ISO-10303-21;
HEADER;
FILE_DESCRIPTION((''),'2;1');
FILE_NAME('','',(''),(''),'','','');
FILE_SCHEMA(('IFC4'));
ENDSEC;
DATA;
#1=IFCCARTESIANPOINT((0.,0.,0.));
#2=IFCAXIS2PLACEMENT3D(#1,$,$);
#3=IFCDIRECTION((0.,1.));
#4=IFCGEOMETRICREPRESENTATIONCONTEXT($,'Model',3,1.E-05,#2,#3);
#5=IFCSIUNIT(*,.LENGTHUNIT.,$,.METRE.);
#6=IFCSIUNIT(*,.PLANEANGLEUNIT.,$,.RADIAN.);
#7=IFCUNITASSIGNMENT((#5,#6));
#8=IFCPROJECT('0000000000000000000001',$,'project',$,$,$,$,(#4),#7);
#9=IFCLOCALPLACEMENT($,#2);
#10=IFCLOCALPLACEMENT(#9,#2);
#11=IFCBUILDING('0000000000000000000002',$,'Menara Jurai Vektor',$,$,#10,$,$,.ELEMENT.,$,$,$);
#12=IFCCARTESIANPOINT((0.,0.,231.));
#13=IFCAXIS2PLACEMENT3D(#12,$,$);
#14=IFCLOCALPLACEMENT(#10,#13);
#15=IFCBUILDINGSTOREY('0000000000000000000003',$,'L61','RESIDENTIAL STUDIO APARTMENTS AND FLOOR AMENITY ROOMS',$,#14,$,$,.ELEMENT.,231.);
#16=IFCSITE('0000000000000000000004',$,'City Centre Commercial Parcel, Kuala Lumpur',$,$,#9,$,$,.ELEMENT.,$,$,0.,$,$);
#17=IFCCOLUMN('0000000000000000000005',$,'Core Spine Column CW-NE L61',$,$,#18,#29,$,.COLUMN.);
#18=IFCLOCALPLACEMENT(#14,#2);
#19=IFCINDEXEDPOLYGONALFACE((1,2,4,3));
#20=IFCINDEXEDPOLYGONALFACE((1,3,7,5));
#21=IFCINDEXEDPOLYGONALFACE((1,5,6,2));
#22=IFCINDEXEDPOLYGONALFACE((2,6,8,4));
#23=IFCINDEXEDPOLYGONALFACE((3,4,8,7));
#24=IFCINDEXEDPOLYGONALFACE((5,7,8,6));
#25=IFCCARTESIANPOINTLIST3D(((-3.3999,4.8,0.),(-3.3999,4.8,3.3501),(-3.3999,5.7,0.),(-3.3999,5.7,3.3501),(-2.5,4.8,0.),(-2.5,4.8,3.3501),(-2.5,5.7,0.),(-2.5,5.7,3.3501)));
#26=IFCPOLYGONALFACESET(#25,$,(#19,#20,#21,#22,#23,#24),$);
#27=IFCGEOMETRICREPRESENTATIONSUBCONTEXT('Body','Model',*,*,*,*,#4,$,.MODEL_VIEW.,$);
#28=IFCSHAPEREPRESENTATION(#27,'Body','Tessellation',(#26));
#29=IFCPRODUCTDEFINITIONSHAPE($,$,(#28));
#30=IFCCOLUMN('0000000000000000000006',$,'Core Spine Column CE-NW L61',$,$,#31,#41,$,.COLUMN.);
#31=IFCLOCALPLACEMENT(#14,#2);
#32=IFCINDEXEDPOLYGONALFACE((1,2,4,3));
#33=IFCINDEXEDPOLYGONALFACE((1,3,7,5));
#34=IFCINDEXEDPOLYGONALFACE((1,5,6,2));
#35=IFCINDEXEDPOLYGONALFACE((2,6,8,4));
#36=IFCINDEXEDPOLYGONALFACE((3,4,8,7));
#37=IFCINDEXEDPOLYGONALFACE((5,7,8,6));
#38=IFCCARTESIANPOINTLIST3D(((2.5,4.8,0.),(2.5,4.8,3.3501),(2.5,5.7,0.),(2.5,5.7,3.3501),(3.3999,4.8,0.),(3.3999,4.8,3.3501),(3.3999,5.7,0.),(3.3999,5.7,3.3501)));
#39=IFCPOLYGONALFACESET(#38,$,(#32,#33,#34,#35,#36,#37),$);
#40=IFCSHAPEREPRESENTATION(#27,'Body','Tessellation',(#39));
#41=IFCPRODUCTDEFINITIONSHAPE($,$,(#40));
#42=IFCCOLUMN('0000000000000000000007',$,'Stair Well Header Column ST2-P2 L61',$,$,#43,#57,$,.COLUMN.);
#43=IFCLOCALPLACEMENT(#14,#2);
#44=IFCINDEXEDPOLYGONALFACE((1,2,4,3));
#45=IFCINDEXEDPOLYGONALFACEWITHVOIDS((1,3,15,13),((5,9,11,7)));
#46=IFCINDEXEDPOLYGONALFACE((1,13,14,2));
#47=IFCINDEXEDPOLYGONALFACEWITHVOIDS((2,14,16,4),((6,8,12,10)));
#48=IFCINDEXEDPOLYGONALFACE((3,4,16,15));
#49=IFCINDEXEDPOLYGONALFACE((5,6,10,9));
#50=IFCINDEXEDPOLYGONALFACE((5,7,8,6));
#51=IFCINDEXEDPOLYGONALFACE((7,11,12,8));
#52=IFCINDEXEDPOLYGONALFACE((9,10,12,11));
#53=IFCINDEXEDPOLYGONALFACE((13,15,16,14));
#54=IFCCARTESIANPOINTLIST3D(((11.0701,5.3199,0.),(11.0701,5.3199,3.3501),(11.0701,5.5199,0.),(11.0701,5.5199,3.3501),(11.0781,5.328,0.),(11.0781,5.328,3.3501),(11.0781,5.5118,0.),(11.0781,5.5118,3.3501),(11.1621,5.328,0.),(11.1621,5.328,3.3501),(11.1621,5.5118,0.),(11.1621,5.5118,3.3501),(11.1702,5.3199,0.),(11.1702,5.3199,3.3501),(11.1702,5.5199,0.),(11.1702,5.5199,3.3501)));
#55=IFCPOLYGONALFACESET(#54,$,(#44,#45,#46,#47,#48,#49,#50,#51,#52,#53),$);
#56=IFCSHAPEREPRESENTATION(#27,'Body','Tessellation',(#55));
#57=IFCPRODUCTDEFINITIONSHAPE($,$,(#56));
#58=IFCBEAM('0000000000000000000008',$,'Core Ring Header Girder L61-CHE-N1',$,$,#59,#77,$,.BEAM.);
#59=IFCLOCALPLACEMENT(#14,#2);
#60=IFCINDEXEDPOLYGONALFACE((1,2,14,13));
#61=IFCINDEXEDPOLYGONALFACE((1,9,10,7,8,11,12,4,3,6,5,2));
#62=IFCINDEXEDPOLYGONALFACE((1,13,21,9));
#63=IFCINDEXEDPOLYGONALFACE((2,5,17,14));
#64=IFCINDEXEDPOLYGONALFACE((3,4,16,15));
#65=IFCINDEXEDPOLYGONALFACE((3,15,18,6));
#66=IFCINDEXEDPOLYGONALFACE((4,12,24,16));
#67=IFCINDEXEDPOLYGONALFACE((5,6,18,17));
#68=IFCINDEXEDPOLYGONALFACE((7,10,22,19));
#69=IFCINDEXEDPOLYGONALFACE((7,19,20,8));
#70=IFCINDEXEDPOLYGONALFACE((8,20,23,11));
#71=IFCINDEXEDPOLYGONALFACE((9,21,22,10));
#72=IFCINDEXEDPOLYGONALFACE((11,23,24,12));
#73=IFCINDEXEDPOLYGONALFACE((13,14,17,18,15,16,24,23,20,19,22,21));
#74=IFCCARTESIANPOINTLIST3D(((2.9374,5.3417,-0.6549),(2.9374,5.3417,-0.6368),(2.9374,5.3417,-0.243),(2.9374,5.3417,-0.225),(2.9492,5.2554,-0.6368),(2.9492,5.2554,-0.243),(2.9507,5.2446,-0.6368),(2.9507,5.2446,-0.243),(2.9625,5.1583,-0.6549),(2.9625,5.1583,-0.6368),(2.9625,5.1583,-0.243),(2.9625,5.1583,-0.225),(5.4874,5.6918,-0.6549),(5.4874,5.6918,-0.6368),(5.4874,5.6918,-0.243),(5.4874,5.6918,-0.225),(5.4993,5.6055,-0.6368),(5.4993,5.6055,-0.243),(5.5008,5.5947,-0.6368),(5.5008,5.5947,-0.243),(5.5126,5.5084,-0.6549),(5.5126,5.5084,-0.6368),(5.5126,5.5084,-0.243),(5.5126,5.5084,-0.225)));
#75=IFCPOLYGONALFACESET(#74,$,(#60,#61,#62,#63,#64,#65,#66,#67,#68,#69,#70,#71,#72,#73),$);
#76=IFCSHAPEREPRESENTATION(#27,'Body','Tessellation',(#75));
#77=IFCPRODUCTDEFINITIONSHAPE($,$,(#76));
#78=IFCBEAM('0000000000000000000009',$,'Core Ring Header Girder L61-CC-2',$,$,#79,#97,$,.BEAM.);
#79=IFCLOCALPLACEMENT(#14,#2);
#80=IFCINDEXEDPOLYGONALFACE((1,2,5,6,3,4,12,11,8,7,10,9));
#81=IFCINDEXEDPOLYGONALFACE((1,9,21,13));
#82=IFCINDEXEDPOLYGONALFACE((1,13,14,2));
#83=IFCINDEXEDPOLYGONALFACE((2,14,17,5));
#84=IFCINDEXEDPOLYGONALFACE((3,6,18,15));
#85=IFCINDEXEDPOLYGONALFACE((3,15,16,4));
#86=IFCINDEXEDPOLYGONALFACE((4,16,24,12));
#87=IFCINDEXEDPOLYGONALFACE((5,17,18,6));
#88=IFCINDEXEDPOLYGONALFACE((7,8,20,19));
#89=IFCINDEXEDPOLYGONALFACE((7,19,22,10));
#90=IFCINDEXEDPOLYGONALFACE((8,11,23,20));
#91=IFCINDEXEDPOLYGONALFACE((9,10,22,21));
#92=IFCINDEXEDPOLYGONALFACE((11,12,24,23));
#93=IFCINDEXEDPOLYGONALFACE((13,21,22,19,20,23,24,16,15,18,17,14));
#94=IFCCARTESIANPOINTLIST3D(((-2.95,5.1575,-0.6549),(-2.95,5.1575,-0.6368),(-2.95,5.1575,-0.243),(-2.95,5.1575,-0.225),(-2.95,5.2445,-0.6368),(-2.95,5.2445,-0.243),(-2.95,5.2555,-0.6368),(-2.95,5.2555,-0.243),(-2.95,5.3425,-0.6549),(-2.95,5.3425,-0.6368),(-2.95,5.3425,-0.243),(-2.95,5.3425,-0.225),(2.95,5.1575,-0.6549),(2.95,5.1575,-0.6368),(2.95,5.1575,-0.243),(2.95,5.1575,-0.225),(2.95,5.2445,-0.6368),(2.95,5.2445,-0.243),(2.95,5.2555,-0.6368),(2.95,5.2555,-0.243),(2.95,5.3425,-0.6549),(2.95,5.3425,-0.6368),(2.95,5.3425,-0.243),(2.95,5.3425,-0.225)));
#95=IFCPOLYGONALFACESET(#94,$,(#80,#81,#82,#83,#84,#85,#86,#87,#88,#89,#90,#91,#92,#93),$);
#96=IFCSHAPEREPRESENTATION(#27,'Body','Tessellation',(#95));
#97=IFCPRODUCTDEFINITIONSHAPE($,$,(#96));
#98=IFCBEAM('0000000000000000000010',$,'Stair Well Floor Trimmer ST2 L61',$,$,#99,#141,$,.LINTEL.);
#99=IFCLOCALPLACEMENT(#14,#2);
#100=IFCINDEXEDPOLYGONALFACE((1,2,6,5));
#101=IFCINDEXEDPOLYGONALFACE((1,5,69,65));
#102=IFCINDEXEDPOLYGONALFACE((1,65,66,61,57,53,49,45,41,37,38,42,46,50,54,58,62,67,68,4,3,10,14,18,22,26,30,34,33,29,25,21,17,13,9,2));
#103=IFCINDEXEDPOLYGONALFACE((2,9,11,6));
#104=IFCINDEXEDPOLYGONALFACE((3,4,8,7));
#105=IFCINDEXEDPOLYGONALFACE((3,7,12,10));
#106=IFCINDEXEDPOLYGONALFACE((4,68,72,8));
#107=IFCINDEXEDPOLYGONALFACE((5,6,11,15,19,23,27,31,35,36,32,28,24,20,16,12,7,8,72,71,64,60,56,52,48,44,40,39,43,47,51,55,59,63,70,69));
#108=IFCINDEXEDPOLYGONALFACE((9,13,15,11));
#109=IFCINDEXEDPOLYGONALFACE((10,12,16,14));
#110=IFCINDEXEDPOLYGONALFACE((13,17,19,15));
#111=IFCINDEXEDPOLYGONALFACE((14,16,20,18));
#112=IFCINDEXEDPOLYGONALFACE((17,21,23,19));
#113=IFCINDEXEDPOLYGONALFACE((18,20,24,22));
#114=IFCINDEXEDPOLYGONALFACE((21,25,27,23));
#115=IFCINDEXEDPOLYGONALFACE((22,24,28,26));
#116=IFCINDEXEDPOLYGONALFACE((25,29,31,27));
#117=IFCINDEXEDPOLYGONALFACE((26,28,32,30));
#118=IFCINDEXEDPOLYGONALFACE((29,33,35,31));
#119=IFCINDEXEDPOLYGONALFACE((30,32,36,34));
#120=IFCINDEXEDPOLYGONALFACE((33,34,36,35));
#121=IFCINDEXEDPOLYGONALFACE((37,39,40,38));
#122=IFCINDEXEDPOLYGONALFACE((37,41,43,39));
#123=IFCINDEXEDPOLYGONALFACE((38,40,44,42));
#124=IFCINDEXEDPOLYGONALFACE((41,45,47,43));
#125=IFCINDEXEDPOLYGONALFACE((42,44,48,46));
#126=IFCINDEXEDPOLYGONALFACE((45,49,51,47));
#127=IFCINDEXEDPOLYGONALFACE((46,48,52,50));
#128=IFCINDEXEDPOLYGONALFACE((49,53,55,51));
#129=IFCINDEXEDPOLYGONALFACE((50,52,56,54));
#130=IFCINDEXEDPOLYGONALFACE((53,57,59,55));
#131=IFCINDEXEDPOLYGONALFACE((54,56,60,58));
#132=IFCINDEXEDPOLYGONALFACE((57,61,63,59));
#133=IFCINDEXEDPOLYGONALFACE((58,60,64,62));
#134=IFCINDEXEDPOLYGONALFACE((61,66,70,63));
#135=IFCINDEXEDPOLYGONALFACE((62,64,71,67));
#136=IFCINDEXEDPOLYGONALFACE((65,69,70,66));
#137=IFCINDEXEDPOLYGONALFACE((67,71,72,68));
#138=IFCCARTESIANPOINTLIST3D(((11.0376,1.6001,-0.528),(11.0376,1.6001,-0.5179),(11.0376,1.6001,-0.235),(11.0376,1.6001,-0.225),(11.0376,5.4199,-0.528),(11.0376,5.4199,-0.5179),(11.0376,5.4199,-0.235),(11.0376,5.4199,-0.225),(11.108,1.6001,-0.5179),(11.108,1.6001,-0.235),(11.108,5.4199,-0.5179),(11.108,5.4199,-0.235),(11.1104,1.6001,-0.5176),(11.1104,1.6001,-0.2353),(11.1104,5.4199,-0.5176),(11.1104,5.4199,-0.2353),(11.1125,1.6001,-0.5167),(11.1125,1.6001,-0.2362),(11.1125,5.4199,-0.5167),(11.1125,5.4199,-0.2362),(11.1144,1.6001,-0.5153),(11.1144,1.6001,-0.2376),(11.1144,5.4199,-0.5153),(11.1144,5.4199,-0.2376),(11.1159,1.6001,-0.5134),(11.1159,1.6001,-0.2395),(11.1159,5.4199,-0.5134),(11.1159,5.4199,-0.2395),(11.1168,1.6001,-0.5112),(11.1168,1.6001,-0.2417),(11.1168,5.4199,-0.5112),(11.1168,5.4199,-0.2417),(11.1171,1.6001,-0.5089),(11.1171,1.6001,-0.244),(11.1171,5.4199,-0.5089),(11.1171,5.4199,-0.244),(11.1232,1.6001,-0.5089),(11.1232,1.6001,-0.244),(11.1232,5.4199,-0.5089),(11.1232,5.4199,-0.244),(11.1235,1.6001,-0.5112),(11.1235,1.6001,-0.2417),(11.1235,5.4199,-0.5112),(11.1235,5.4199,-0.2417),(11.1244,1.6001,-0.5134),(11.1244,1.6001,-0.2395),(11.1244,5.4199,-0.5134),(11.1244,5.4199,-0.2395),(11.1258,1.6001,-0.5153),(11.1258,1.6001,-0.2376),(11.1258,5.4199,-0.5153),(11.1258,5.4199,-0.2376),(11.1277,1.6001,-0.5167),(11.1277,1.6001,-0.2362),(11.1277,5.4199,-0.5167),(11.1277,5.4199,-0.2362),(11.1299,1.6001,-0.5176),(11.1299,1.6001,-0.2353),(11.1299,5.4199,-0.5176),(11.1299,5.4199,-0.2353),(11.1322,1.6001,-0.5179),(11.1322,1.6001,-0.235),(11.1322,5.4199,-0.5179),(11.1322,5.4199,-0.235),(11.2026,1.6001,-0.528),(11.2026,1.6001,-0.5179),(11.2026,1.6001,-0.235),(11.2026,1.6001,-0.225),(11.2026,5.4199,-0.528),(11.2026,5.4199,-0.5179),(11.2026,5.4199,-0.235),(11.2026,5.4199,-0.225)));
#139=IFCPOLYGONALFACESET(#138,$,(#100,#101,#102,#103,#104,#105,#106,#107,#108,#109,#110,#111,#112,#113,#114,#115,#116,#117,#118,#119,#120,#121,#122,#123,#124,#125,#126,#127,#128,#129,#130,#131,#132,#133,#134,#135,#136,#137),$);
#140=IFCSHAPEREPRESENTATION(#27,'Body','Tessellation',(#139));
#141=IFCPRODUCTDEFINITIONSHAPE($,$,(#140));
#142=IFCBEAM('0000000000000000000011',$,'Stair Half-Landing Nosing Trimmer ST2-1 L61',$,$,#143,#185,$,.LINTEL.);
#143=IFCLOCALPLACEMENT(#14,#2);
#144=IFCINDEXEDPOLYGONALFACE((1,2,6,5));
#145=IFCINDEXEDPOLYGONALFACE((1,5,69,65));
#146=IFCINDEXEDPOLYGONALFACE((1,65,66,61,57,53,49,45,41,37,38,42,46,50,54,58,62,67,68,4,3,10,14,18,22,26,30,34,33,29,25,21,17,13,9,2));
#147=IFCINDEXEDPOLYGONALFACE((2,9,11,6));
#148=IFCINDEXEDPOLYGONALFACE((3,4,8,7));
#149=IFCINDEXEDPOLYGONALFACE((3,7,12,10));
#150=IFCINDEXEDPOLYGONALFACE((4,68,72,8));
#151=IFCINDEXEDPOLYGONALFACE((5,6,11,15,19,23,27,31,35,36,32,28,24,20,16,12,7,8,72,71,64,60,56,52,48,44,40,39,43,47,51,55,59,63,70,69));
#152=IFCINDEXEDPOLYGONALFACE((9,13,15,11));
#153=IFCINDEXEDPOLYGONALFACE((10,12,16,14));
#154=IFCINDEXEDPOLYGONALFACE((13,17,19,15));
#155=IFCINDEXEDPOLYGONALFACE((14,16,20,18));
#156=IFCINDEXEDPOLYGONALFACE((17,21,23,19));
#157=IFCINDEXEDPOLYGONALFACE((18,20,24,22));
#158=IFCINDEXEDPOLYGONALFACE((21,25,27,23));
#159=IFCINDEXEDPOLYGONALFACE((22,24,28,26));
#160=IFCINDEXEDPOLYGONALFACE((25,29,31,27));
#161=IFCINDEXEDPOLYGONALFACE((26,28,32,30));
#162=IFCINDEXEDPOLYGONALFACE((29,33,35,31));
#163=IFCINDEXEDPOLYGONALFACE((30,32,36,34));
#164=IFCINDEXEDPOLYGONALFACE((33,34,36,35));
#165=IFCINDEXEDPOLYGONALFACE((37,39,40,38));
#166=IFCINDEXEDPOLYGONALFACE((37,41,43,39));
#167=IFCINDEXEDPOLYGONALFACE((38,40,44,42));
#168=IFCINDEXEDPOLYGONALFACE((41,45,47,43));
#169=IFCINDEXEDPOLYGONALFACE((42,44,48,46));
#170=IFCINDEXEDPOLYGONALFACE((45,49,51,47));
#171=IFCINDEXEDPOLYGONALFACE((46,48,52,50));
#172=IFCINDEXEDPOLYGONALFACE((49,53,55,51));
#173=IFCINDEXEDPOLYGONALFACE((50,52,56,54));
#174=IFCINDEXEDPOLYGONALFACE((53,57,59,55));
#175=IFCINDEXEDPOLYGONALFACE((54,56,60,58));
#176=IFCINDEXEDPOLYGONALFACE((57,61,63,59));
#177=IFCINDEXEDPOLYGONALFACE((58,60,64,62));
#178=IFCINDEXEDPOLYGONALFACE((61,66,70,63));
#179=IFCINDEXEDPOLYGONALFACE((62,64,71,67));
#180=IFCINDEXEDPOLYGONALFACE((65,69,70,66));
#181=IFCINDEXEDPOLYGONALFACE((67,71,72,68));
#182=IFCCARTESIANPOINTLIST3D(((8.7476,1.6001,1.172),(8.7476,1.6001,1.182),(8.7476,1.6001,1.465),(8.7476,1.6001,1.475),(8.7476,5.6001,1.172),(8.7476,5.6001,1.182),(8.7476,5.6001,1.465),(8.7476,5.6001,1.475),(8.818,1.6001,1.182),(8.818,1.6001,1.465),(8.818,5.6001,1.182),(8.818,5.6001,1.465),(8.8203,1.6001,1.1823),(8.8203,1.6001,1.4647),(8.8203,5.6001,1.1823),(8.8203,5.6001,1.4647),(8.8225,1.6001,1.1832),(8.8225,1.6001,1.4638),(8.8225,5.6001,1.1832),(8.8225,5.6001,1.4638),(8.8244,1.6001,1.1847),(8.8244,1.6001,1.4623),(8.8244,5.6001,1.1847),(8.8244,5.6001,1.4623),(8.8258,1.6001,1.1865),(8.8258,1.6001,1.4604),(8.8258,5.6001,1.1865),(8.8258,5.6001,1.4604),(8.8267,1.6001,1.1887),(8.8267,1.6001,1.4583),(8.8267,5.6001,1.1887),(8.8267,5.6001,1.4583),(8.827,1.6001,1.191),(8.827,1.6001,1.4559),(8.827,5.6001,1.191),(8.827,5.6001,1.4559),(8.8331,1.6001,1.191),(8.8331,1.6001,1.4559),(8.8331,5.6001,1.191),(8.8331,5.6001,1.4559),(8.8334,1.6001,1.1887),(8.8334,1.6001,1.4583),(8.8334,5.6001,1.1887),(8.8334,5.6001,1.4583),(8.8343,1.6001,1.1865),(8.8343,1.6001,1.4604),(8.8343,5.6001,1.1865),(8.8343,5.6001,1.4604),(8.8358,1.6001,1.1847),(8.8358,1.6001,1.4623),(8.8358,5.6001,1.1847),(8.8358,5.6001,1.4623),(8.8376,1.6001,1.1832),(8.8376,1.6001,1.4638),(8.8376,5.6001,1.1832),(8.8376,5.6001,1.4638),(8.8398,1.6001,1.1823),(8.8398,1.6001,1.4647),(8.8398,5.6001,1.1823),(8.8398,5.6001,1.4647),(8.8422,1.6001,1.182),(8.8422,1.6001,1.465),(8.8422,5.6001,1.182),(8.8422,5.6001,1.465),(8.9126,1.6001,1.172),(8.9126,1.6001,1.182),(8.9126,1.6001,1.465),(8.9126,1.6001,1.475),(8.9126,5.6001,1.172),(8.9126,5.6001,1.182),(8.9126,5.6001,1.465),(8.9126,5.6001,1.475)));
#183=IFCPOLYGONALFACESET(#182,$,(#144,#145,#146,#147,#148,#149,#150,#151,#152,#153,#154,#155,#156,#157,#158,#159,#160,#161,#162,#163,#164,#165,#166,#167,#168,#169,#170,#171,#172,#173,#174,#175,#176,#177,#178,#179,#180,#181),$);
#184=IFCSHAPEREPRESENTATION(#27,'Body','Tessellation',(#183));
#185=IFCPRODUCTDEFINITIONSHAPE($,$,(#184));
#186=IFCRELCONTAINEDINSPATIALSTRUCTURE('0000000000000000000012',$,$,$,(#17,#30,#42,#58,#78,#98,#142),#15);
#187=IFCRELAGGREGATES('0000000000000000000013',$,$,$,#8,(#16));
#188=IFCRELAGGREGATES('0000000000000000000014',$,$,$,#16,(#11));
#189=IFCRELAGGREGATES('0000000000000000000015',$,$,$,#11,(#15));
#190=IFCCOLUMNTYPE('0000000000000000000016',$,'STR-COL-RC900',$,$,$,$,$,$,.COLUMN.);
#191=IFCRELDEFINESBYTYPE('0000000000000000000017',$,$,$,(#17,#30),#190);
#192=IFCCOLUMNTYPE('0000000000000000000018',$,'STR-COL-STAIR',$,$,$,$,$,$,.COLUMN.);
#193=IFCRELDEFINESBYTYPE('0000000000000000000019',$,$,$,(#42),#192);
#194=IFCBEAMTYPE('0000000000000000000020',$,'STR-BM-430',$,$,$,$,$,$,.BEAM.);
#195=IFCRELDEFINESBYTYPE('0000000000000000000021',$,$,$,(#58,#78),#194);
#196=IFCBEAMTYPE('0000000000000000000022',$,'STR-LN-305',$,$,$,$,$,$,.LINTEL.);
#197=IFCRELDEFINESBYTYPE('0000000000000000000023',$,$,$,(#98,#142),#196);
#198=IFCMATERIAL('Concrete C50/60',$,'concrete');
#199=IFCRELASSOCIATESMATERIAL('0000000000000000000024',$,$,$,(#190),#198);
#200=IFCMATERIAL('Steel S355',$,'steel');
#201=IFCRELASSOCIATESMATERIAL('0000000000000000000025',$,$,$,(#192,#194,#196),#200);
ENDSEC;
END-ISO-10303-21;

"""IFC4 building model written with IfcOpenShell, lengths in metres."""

from ifc_helpers import new_model, si_unit, direction, frame, origin, origin_2d, place, context, subcontext, project, spatial, rectangle, hollow_rectangle, i_section, extrude, material, material_profile, profile_set, type_object, element, save


model = new_model("IFC4")

# Units and contexts
model_context = context("Model", 3, precision=1e-05, world=origin(), true_north=direction((0.0, 1.0)))
body_context = subcontext(model_context, "Body", "Model", "MODEL_VIEW")
ifc_project = project(units=[si_unit("LENGTHUNIT", "METRE"), si_unit("PLANEANGLEUNIT", "RADIAN")], contexts=[model_context])

# Site, building, storey
site_placement = place(None, origin())
site = spatial("IfcSite", under=ifc_project, at=site_placement, Name="City Centre Commercial Parcel, Kuala Lumpur", CompositionType="ELEMENT", RefElevation=0.0)
building_placement = place(site_placement, origin())
building = spatial("IfcBuilding", under=site, at=building_placement, Name="Menara Jurai Vektor", CompositionType="ELEMENT")
storey_placement = place(building_placement, frame((0.0, 0.0, 231.0)))
storey = spatial("IfcBuildingStorey", under=building, at=storey_placement, Name="L61", Description="RESIDENTIAL STUDIO APARTMENTS AND FLOOR AMENITY ROOMS", CompositionType="ELEMENT", Elevation=231.0)

# Columns
ifc_material_1 = material(Name="Concrete C50/60", Category="concrete")
ifc_material_profile_1 = material_profile(ifc_material_1, rectangle(XDim=0.8999, YDim=0.8999, at=origin_2d()), Name="RC 900x900")
ifc_profile_set_1 = profile_set([ifc_material_profile_1], Name="Concrete C50/60")
column_type_1 = type_object("IfcColumnType", Name="STR-COL-RC900", PredefinedType="COLUMN", material=ifc_profile_set_1)
for number, where, z_axis, x_axis, name in (
    (1, (-2.95, 5.25, 0.0), (0.0, 0.0, 1.0), (1.0, 0.0, 0.0), "Core Spine Column CW-NE L61"),
    (2, (2.95, 5.25, 0.0), (0.0, 0.0, 1.0), (1.0, 0.0, 0.0), "Core Spine Column CE-NW L61"),
):
    element("IfcColumn", number, at=place(storey_placement, frame(where, z_axis=z_axis, x_axis=x_axis)), inside=storey, type_object=column_type_1, Name=name, PredefinedType="COLUMN", context=body_context, shape_type="SweptSolid", body=[
        extrude(rectangle(XDim=0.8999, YDim=0.8999, at=origin_2d()), origin(), (0.0, 0.0, 1.0), 3.3501),
    ])
ifc_material_2 = material(Name="Steel S355", Category="steel")
ifc_material_profile_2 = material_profile(ifc_material_2, hollow_rectangle(XDim=0.1001, YDim=0.2, WallThickness=0.0081, at=origin_2d()), Name="RHS 200x100x8")
ifc_profile_set_2 = profile_set([ifc_material_profile_2], Name="Steel S355")
column_type_2 = type_object("IfcColumnType", Name="STR-COL-STAIR", PredefinedType="COLUMN", material=ifc_profile_set_2)
column_placement = place(storey_placement, frame((11.1201, 5.4199, 0.0), z_axis=(0.0, 0.0, 1.0), x_axis=(1.0, 0.0, 0.0)))
element("IfcColumn", 3, at=column_placement, inside=storey, type_object=column_type_2, Name="Stair Well Header Column ST2-P2 L61", PredefinedType="COLUMN", context=body_context, shape_type="SweptSolid", body=[
    extrude(hollow_rectangle(XDim=0.1001, YDim=0.2, WallThickness=0.0081, at=origin_2d()), origin(), (0.0, 0.0, 1.0), 3.3501),
])

# Beams
ifc_material_profile_3 = material_profile(ifc_material_2, i_section(OverallWidth=0.1851, OverallDepth=0.4299, WebThickness=0.011, FlangeThickness=0.0181, at=origin_2d()), Name="PG 430x185x76")
ifc_profile_set_3 = profile_set([ifc_material_profile_3], Name="Steel S355")
beam_type_1 = type_object("IfcBeamType", Name="STR-BM-430", PredefinedType="BEAM", material=ifc_profile_set_3)
beam_1_placement = place(storey_placement, frame((2.95, 5.25, -0.4399), z_axis=(0.990707, 0.136015, 0.0), x_axis=(-0.136015, 0.990707, 0.0)))
element("IfcBeam", 4, at=beam_1_placement, inside=storey, type_object=beam_type_1, Name="Core Ring Header Girder L61-CHE-N1", PredefinedType="BEAM", context=body_context, shape_type="SweptSolid", body=[
    extrude(i_section(OverallWidth=0.1851, OverallDepth=0.4299, WebThickness=0.011, FlangeThickness=0.0181, at=origin_2d()), origin(), (0.0, 0.0, 1.0), 2.574),
])
beam_2_placement = place(storey_placement, frame((-2.95, 5.25, -0.4399), z_axis=(1.0, 0.0, 0.0), x_axis=(0.0, 1.0, 0.0)))
element("IfcBeam", 5, at=beam_2_placement, inside=storey, type_object=beam_type_1, Name="Core Ring Header Girder L61-CC-2", PredefinedType="BEAM", context=body_context, shape_type="SweptSolid", body=[
    extrude(i_section(OverallWidth=0.1851, OverallDepth=0.4299, WebThickness=0.011, FlangeThickness=0.0181, at=origin_2d()), origin(), (0.0, 0.0, 1.0), 5.8999),
])
ifc_material_profile_4 = material_profile(ifc_material_2, i_section(OverallWidth=0.165, OverallDepth=0.303, WebThickness=0.0061, FlangeThickness=0.01, FilletRadius=0.009, at=origin_2d()), Name="UKB 305x165x40")
ifc_profile_set_4 = profile_set([ifc_material_profile_4], Name="Steel S355")
beam_type_2 = type_object("IfcBeamType", Name="STR-LN-305", PredefinedType="LINTEL", material=ifc_profile_set_4)
beam_3_placement = place(storey_placement, frame((11.1201, 1.6001, -0.3765), z_axis=(0.0, 1.0, 0.0), x_axis=(-1.0, 0.0, 0.0)))
element("IfcBeam", 6, at=beam_3_placement, inside=storey, type_object=beam_type_2, Name="Stair Well Floor Trimmer ST2 L61", PredefinedType="LINTEL", context=body_context, shape_type="SweptSolid", body=[
    extrude(i_section(OverallWidth=0.165, OverallDepth=0.303, WebThickness=0.0061, FlangeThickness=0.01, FilletRadius=0.009, at=origin_2d()), origin(), (0.0, 0.0, 1.0), 3.8198),
])
beam_4_placement = place(storey_placement, frame((8.8301, 1.6001, 1.3235), z_axis=(0.0, 1.0, 0.0), x_axis=(-1.0, 0.0, 0.0)))
element("IfcBeam", 7, at=beam_4_placement, inside=storey, type_object=beam_type_2, Name="Stair Half-Landing Nosing Trimmer ST2-1 L61", PredefinedType="LINTEL", context=body_context, shape_type="SweptSolid", body=[
    extrude(i_section(OverallWidth=0.165, OverallDepth=0.303, WebThickness=0.0061, FlangeThickness=0.01, FilletRadius=0.009, at=origin_2d()), origin(), (0.0, 0.0, 1.0), 4.0),
])

save(model, "model.ifc")
